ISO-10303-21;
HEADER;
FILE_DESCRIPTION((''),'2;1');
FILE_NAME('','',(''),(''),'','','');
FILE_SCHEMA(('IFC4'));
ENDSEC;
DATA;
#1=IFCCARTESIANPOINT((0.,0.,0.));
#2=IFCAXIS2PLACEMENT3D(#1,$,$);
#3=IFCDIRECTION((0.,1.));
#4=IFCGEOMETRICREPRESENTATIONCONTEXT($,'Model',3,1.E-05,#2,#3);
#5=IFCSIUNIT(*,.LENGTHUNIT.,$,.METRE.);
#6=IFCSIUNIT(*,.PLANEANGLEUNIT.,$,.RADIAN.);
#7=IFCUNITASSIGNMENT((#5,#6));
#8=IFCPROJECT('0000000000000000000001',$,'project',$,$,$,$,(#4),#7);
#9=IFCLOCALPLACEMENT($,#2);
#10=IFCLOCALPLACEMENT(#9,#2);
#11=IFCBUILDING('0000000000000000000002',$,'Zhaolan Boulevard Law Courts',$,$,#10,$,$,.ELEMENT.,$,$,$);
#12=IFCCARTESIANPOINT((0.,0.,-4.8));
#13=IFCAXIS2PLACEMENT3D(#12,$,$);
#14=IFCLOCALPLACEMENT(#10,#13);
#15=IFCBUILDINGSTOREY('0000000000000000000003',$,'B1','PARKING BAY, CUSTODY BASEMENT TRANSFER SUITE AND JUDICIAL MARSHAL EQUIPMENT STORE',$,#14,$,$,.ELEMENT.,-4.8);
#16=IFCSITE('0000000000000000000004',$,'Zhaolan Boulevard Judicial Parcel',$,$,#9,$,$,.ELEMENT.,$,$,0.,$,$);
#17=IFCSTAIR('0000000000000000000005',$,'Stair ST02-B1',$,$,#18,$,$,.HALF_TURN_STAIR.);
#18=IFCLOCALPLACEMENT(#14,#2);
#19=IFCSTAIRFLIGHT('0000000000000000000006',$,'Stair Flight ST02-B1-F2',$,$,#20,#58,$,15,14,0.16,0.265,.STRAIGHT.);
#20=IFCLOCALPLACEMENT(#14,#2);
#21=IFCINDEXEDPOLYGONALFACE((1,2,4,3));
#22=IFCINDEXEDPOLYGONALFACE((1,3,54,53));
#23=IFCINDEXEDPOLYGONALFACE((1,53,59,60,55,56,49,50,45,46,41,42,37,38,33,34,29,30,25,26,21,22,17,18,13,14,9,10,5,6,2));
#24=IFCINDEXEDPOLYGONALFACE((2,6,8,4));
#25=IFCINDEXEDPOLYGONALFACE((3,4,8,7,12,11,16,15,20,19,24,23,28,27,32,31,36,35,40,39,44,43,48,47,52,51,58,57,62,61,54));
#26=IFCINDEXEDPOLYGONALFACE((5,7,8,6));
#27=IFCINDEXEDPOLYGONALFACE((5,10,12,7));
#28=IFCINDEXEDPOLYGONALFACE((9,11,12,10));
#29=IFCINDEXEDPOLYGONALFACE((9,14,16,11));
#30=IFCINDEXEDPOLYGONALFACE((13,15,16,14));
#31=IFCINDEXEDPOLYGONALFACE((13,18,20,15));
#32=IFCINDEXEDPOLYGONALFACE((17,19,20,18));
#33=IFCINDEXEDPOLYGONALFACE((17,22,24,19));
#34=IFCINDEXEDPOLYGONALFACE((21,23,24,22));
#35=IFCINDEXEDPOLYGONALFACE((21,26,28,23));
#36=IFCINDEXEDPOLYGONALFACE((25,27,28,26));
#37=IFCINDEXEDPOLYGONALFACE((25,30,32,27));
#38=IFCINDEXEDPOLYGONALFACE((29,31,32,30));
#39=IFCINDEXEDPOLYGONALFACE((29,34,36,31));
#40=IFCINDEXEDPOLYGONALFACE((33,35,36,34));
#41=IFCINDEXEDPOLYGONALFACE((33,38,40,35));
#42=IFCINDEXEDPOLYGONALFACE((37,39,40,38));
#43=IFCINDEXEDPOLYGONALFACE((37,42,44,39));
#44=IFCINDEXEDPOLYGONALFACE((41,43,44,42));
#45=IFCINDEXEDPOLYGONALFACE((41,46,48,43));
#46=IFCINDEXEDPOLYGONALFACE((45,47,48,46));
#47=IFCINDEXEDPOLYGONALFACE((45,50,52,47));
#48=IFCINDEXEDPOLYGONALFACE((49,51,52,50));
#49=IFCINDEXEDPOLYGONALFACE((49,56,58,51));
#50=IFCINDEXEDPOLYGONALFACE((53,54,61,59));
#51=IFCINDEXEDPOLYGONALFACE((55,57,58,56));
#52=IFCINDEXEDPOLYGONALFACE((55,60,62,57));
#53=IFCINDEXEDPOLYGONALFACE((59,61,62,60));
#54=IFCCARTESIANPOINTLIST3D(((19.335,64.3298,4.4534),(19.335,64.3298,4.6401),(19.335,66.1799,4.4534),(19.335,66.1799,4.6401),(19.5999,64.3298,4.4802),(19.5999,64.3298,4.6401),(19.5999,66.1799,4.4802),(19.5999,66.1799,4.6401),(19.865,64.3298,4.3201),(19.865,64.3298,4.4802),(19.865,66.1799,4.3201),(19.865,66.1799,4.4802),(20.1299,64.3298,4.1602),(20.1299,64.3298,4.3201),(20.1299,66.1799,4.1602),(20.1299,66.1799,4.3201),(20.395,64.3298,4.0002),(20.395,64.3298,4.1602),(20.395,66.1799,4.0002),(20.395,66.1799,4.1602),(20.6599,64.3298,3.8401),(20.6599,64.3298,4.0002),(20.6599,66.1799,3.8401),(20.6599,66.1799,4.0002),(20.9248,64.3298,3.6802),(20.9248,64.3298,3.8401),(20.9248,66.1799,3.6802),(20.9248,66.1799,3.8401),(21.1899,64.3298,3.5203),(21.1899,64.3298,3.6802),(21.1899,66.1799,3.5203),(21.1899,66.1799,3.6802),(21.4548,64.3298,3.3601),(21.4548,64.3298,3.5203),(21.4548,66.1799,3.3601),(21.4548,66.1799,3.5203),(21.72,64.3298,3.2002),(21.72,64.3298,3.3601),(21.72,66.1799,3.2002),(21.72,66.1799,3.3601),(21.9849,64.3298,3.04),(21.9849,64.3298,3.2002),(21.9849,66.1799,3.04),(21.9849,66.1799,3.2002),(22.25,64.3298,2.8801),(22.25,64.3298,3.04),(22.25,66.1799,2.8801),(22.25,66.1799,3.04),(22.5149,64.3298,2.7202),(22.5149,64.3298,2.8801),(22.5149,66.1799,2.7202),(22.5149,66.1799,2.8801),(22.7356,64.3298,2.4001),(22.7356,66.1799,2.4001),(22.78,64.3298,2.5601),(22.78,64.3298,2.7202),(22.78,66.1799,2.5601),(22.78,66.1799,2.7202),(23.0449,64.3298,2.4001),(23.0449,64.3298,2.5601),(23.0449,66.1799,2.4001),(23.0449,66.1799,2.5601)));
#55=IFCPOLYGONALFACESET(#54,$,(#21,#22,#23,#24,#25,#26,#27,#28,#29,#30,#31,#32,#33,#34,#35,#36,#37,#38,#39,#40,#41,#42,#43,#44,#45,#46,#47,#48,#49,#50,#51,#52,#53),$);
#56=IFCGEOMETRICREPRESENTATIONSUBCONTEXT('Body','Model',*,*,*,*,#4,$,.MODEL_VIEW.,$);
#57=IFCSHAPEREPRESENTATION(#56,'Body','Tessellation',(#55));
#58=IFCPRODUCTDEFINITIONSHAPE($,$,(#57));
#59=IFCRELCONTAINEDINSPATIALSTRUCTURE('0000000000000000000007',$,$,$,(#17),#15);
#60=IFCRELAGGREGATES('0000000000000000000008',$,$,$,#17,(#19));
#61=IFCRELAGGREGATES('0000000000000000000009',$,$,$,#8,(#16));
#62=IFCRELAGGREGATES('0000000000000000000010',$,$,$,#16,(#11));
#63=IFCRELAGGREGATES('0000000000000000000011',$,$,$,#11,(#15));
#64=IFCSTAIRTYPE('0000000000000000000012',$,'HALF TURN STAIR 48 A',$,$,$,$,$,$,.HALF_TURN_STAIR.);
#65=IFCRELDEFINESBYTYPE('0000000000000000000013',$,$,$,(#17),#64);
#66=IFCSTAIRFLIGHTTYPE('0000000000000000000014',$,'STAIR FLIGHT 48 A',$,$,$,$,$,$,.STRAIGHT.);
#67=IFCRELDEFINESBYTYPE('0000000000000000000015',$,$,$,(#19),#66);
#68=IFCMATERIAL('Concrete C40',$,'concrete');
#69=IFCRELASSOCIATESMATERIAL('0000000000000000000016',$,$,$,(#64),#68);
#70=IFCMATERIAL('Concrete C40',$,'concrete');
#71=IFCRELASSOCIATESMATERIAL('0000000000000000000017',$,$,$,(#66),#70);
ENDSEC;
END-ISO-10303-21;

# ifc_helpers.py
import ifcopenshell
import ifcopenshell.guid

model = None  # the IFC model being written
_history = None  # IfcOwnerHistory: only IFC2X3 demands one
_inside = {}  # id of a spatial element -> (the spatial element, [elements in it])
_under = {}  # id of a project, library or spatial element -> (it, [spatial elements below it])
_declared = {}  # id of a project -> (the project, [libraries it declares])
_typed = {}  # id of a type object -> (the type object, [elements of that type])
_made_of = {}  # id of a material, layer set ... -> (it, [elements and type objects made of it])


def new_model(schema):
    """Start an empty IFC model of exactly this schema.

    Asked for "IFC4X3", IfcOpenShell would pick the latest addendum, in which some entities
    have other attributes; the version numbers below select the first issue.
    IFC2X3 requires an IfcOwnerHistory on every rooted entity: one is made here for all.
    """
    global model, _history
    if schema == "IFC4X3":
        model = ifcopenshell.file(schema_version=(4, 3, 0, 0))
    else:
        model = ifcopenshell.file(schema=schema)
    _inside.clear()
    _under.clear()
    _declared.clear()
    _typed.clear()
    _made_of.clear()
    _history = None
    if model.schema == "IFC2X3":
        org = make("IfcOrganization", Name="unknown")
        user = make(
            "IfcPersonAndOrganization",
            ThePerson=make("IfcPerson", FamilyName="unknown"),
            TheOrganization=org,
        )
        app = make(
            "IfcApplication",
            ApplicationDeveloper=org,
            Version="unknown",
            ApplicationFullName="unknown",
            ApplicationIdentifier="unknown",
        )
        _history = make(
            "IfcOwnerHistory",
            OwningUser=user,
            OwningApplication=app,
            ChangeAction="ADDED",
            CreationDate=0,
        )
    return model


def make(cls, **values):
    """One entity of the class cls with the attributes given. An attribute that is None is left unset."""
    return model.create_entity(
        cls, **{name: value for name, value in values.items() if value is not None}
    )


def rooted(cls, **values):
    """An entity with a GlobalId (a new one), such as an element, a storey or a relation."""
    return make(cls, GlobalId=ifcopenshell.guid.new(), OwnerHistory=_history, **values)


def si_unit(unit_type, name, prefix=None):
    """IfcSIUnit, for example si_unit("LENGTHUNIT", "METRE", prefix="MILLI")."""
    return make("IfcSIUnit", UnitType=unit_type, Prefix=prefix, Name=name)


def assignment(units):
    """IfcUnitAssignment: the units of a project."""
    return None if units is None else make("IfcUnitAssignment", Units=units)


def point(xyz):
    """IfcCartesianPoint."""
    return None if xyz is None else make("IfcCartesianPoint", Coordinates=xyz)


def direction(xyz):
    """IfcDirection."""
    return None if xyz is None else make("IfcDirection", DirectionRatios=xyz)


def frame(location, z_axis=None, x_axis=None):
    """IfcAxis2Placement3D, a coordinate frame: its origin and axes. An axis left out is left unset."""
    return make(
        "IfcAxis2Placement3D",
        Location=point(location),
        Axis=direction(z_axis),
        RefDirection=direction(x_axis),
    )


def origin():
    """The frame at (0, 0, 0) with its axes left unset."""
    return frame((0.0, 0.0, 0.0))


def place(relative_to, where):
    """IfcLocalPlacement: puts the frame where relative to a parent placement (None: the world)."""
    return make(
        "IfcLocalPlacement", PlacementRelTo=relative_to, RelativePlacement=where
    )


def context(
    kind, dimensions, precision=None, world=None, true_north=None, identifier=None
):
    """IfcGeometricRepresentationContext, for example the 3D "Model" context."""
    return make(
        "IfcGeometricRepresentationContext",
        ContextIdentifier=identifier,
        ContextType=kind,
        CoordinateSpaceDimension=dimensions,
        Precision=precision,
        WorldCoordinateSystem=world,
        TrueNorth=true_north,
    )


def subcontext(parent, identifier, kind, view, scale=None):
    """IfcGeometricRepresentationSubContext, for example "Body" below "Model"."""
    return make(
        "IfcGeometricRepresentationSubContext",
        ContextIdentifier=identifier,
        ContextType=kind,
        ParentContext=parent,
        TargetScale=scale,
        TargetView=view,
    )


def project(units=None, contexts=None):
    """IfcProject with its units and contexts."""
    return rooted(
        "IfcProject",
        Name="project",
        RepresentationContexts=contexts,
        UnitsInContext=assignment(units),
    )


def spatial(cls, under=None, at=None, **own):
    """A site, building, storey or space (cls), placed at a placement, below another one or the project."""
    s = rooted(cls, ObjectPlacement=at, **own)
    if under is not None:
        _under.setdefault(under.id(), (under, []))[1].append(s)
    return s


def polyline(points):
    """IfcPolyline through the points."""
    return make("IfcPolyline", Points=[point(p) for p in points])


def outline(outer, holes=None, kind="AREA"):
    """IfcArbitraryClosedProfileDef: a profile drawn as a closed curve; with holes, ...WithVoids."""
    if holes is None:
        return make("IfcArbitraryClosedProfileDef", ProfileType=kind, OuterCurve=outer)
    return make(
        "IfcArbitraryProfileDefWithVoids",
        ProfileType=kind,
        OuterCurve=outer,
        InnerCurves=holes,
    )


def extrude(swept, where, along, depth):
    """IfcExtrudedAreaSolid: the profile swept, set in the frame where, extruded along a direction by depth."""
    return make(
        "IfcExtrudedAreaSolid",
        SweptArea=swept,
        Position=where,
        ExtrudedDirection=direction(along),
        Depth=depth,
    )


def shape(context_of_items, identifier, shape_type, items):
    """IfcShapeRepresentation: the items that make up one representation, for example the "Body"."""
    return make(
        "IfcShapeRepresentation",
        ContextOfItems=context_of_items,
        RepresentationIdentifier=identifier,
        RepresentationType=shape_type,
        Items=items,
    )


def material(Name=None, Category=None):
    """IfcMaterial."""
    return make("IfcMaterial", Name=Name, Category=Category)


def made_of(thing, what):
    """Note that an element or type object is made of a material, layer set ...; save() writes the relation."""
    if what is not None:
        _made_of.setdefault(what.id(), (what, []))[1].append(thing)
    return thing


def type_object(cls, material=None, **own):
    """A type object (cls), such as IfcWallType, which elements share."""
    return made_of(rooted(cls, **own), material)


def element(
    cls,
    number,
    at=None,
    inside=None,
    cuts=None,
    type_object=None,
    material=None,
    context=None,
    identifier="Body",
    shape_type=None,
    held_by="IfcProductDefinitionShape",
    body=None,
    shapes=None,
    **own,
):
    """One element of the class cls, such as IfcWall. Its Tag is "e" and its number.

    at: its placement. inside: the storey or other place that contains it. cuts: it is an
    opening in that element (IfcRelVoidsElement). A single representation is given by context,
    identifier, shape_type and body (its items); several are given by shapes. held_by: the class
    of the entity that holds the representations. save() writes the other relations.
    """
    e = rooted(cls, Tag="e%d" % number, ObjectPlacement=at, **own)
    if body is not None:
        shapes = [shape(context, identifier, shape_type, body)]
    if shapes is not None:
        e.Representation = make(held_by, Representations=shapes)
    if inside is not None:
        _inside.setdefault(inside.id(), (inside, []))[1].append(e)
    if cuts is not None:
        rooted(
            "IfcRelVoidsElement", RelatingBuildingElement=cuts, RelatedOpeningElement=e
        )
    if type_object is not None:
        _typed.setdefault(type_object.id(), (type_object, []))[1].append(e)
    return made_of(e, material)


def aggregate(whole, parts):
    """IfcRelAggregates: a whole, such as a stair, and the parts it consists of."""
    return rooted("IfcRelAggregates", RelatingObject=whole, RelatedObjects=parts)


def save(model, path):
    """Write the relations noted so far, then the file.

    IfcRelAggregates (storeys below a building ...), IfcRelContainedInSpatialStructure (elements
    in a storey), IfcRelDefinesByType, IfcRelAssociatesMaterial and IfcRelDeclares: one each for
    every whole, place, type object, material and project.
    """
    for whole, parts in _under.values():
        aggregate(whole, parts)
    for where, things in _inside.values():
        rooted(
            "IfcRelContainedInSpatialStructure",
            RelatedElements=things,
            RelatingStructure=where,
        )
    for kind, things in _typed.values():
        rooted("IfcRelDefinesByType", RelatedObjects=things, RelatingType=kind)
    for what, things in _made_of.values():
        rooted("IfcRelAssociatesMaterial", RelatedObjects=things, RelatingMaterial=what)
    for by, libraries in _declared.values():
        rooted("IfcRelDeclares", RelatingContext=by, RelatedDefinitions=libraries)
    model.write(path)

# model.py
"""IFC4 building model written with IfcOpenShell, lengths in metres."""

from ifc_helpers import new_model, si_unit, direction, frame, origin, place, context, subcontext, project, spatial, polyline, outline, extrude, material, type_object, element, aggregate, save


model = new_model("IFC4")

# Units and contexts
model_context = context("Model", 3, precision=1e-05, world=origin(), true_north=direction((0.0, 1.0)))
body_context = subcontext(model_context, "Body", "Model", "MODEL_VIEW")
ifc_project = project(units=[si_unit("LENGTHUNIT", "METRE"), si_unit("PLANEANGLEUNIT", "RADIAN")], contexts=[model_context])

# Site, building, storey
site_placement = place(None, origin())
site = spatial("IfcSite", under=ifc_project, at=site_placement, Name="Zhaolan Boulevard Judicial Parcel", CompositionType="ELEMENT", RefElevation=0.0)
building_placement = place(site_placement, origin())
building = spatial("IfcBuilding", under=site, at=building_placement, Name="Zhaolan Boulevard Law Courts", CompositionType="ELEMENT")
storey_placement = place(building_placement, frame((0.0, 0.0, -4.8)))
storey = spatial("IfcBuildingStorey", under=building, at=storey_placement, Name="B1", Description="PARKING BAY, CUSTODY BASEMENT TRANSFER SUITE AND JUDICIAL MARSHAL EQUIPMENT STORE", CompositionType="ELEMENT", Elevation=-4.8)

# Stair, stair flight
ifc_material_1 = material(Name="Concrete C40", Category="concrete")
stair_type = type_object("IfcStairType", Name="HALF TURN STAIR 48 A", PredefinedType="HALF_TURN_STAIR", material=ifc_material_1)
stair_placement = place(storey_placement, origin())
stair = element("IfcStair", 1, at=stair_placement, inside=storey, type_object=stair_type, Name="Stair ST02-B1", PredefinedType="HALF_TURN_STAIR")
ifc_material_2 = material(Name="Concrete C40", Category="concrete")
stair_flight_type = type_object("IfcStairFlightType", Name="STAIR FLIGHT 48 A", PredefinedType="STRAIGHT", material=ifc_material_2)
stair_flight_placement = place(storey_placement, frame((23.0449, 65.2549, 2.4001), z_axis=(0.0, 0.0, 1.0), x_axis=(-1.0, 0.0, 0.0)))
stair_flight = element("IfcStairFlight", 2, at=stair_flight_placement, type_object=stair_flight_type, Name="Stair Flight ST02-B1-F2", NumberOfRisers=15, NumberOfTreads=14, PredefinedType="STRAIGHT", RiserHeight=0.16, TreadLength=0.265, context=body_context, shape_type="SweptSolid", body=[
    extrude(outline(polyline([(0.0, 0.0), (0.0, 0.1599), (0.2649, 0.1599), (0.2649, 0.3201), (0.53, 0.3201), (0.53, 0.48), (0.7949, 0.48), (0.7949, 0.6399), (1.0601, 0.6399), (1.0601, 0.8), (1.325, 0.8), (1.325, 0.96), (1.5901, 0.96), (1.5901, 1.1201), (1.855, 1.1201), (1.855, 1.28), (2.1201, 1.28), (2.1201, 1.4399), (2.385, 1.4399), (2.385, 1.6001), (2.6499, 1.6001), (2.6499, 1.76), (2.915, 1.76), (2.915, 1.9199), (3.1799, 1.9199), (3.1799, 2.0801), (3.4451, 2.0801), (3.4451, 2.24), (3.71, 2.24), (3.71, 2.3999), (3.71, 2.0532), (0.3093, 0.0), (0.0, 0.0)])), frame((0.0, 0.925, 0.0), z_axis=(0.0, -1.0, 0.0), x_axis=(1.0, 0.0, 0.0)), (0.0, 0.0, 1.0), 1.8501),
])
aggregate(stair, [stair_flight])

save(model, "model.ifc")
